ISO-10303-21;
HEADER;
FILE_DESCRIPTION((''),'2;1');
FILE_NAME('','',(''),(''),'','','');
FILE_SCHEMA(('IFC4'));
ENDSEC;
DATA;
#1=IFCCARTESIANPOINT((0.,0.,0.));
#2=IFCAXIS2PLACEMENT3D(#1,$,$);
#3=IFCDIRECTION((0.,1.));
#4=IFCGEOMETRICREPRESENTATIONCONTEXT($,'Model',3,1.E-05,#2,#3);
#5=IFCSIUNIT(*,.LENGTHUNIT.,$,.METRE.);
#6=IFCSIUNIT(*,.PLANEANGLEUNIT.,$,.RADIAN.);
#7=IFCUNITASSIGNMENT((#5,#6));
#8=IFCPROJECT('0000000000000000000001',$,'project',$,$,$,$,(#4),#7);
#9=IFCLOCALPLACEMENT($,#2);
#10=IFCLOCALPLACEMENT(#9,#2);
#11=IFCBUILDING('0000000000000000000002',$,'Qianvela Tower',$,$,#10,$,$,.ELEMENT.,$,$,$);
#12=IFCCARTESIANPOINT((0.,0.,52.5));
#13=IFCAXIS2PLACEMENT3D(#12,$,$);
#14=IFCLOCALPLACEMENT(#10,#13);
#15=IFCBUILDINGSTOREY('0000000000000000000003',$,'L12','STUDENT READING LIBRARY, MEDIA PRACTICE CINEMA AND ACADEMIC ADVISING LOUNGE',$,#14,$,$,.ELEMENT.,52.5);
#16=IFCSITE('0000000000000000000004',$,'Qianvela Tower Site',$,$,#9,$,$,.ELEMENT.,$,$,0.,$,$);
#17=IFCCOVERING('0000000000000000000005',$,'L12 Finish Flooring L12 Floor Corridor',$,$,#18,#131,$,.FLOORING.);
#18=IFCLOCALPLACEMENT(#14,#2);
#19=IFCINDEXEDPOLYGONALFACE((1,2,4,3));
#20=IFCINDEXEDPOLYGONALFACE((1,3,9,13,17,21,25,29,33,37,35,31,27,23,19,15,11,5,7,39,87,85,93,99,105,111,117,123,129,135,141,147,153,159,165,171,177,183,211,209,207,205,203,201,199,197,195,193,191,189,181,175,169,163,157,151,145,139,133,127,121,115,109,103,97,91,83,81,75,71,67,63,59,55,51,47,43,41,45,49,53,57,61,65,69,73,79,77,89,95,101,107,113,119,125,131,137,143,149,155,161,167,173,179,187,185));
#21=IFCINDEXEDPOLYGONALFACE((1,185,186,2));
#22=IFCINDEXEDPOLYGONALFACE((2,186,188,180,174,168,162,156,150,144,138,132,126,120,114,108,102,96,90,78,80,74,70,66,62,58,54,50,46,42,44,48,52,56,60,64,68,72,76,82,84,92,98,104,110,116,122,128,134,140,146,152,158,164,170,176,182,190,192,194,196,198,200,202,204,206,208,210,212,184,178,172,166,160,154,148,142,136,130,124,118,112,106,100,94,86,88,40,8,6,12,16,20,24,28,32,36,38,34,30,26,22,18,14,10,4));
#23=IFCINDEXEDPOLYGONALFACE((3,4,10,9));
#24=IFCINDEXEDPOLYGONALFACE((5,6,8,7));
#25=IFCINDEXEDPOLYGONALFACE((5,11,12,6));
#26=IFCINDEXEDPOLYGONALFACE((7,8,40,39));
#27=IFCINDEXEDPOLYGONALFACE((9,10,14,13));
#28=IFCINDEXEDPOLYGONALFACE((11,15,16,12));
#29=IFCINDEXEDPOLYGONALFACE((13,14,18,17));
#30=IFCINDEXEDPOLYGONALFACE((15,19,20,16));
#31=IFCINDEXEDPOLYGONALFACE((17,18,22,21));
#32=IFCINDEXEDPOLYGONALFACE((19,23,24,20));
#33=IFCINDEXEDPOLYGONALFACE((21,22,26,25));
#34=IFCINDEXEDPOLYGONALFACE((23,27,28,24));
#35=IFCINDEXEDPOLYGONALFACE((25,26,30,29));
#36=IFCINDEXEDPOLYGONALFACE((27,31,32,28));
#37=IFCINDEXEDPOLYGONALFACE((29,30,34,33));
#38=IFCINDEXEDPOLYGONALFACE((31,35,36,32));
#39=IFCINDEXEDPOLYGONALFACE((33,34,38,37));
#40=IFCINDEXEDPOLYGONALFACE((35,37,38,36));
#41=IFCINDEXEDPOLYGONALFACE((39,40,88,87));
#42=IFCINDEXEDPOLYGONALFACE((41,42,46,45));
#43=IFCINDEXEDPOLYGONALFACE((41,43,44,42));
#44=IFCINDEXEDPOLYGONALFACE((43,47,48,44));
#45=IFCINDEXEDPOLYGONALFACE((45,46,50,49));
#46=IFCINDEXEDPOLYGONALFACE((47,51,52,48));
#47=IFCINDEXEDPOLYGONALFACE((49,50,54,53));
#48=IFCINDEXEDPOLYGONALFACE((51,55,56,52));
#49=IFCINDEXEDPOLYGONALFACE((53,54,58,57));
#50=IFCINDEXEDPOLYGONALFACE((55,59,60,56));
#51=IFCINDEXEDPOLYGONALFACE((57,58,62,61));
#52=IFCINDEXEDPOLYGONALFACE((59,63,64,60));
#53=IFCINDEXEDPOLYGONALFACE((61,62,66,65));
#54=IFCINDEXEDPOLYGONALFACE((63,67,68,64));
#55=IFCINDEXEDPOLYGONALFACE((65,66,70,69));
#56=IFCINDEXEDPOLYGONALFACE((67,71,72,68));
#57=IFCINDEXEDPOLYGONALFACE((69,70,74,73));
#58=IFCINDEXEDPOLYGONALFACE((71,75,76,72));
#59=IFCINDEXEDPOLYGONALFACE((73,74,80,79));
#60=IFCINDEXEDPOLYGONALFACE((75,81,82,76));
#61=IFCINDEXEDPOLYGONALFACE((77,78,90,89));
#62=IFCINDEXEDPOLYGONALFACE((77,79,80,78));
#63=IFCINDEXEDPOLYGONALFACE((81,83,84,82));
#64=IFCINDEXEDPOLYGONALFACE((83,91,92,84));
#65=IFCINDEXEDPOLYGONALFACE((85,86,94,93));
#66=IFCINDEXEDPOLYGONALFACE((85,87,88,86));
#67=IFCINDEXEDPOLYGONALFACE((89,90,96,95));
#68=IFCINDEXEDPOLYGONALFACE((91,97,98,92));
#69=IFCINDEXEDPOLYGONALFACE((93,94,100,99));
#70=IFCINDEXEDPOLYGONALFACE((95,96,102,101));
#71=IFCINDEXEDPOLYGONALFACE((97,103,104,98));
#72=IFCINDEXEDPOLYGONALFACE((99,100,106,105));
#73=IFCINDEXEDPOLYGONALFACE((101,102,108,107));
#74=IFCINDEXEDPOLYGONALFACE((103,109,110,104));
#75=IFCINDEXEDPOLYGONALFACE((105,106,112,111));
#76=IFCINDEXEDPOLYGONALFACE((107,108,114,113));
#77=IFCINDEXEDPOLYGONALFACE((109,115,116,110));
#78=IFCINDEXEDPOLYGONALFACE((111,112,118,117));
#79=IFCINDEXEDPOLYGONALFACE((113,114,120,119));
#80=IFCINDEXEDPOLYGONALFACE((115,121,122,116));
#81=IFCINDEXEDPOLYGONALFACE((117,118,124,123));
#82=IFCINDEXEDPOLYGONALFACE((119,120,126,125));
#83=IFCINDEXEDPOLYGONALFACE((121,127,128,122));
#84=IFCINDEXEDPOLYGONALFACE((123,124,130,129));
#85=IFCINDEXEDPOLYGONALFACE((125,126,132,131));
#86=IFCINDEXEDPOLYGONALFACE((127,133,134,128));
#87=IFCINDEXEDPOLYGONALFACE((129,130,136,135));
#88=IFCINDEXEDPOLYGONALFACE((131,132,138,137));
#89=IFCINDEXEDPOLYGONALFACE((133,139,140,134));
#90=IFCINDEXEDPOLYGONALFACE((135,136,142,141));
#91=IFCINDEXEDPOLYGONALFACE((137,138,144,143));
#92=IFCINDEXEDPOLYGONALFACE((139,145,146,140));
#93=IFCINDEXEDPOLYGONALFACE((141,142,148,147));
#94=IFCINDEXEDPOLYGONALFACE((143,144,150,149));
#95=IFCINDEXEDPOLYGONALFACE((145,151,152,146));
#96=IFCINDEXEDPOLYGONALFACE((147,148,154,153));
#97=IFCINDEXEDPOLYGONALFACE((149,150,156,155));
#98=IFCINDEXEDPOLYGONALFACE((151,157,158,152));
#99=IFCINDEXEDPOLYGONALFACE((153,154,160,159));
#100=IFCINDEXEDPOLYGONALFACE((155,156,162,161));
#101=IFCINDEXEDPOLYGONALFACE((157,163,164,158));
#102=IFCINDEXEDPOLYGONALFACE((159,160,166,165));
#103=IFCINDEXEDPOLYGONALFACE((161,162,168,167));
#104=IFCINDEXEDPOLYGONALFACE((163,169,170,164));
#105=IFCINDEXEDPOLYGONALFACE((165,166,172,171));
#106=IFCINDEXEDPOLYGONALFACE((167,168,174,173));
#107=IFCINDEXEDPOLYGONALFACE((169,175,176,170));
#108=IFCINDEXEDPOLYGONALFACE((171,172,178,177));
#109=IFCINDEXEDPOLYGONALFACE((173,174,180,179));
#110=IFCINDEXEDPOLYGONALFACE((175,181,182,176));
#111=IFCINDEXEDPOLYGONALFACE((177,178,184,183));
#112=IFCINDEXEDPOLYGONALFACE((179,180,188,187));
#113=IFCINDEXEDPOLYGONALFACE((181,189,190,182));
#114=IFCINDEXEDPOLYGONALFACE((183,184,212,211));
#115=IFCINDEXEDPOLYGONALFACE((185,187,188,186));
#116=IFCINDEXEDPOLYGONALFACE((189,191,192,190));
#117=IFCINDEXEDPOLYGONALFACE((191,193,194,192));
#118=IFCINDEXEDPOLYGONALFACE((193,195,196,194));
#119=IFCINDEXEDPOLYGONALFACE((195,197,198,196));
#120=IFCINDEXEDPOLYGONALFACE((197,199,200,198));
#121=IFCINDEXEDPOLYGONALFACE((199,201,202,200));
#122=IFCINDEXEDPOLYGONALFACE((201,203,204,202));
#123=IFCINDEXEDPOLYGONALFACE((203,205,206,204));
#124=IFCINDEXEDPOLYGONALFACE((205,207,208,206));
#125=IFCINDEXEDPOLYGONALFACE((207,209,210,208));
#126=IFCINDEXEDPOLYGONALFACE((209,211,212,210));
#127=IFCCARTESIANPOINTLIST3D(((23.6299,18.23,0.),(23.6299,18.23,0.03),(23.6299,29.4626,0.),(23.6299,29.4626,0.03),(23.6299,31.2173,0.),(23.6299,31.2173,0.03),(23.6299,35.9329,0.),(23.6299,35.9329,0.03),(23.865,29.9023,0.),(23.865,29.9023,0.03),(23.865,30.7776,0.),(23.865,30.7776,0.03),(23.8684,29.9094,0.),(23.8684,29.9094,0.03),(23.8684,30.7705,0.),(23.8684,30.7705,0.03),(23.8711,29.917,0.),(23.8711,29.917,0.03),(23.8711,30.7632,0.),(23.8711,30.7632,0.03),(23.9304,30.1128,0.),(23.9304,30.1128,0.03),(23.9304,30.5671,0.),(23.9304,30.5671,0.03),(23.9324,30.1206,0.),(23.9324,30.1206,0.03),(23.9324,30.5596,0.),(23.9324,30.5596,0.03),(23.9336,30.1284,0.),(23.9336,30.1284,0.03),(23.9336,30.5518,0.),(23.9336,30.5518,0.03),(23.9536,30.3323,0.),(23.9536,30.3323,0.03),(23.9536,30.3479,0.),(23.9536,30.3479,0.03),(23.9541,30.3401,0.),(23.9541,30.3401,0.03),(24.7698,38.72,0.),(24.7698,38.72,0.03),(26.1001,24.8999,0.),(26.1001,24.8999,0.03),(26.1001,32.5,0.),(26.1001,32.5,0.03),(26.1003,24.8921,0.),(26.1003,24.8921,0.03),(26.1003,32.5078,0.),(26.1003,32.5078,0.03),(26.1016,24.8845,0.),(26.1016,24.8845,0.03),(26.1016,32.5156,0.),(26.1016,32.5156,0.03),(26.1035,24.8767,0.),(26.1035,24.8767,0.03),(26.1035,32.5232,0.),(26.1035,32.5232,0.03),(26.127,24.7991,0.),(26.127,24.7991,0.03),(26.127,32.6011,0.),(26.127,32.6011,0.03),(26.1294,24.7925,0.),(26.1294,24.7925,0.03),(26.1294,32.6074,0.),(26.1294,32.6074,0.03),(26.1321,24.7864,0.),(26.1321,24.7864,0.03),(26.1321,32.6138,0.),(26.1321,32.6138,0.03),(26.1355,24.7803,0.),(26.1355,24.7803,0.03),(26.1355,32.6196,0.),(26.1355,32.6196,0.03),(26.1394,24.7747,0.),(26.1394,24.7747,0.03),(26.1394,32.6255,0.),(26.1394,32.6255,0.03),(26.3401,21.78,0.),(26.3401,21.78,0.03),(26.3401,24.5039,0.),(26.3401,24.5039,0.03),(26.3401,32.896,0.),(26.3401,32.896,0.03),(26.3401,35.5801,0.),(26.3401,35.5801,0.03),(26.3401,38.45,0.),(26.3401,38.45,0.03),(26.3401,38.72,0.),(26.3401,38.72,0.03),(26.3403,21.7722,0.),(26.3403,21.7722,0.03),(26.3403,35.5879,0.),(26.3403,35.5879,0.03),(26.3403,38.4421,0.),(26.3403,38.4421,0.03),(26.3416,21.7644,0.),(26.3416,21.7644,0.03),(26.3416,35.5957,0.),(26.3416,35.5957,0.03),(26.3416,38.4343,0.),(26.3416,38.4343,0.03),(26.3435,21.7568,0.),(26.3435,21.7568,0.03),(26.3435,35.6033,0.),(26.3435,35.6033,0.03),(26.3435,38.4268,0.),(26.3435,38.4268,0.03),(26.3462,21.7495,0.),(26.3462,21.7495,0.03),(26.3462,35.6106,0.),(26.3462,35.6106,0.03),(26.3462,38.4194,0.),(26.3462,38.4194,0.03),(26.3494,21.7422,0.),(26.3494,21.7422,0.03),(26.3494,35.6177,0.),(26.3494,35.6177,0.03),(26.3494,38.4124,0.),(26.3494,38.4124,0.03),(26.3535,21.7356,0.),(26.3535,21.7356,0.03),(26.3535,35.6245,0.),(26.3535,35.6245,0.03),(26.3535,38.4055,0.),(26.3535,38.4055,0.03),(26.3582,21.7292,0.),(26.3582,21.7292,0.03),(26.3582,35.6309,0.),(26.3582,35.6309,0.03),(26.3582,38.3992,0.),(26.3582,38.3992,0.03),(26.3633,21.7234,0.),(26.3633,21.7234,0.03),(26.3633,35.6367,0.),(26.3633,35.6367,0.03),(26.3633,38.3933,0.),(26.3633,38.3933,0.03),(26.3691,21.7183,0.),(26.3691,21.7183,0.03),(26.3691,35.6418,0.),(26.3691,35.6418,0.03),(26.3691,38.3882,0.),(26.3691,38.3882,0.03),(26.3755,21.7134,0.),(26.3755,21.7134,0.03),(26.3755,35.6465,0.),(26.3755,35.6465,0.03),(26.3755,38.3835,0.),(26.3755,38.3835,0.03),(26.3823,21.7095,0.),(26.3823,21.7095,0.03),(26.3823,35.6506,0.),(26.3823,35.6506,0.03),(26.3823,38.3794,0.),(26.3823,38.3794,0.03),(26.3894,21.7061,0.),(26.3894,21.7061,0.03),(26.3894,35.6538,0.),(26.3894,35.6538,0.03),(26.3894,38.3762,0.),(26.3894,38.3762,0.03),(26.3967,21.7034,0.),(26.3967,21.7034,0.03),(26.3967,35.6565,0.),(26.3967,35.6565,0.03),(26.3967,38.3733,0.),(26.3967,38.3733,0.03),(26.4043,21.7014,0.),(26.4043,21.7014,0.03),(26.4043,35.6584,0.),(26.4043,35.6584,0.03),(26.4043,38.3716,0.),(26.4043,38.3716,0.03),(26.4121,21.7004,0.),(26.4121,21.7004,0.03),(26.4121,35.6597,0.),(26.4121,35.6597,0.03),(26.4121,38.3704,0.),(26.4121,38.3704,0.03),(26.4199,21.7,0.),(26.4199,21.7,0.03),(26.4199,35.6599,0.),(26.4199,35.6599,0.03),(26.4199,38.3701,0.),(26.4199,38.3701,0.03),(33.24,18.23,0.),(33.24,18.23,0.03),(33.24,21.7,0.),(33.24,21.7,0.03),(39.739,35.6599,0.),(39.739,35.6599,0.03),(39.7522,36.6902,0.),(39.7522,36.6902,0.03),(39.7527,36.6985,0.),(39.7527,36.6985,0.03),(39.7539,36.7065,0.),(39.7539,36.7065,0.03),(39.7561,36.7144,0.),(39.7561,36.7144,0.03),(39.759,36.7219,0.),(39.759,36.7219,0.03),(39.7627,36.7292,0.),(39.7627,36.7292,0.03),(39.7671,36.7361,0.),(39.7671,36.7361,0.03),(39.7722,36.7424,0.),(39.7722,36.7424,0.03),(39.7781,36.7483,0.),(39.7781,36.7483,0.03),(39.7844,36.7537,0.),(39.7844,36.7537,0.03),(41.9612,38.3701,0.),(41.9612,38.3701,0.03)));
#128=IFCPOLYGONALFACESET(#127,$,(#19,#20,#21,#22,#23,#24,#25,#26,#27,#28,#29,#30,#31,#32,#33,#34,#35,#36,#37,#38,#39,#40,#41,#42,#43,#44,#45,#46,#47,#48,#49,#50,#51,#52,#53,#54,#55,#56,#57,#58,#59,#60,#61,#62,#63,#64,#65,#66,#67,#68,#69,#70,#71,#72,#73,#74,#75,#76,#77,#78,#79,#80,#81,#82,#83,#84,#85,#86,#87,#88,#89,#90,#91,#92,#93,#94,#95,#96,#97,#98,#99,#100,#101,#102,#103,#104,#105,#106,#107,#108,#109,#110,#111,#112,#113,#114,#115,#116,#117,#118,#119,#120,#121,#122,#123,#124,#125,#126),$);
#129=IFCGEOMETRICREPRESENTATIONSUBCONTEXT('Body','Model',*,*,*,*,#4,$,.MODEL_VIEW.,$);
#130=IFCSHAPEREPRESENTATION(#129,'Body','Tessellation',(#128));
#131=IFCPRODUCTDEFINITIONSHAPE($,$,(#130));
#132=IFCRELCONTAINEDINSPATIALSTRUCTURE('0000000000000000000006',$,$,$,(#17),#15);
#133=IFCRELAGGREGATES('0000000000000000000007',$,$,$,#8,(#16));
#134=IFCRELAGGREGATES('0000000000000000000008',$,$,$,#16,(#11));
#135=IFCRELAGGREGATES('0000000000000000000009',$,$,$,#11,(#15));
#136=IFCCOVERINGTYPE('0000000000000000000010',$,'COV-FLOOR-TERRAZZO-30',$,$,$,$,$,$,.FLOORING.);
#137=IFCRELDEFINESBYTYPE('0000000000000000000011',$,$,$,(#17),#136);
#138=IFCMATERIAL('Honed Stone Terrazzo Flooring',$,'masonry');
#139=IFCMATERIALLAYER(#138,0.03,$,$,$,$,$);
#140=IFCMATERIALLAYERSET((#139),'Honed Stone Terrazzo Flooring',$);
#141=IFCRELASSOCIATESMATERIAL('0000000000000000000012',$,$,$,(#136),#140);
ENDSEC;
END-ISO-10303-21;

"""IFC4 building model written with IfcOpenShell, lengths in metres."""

from ifc_helpers import new_model, si_unit, direction, frame, origin, place, context, subcontext, project, spatial, polyline, outline, extrude, material, layer, layer_set, type_object, element, save


model = new_model("IFC4")

# Units and contexts
model_context = context("Model", 3, precision=1e-05, world=origin(), true_north=direction((0.0, 1.0)))
body_context = subcontext(model_context, "Body", "Model", "MODEL_VIEW")
ifc_project = project(units=[si_unit("LENGTHUNIT", "METRE"), si_unit("PLANEANGLEUNIT", "RADIAN")], contexts=[model_context])

# Site, building, storey
site_placement = place(None, origin())
site = spatial("IfcSite", under=ifc_project, at=site_placement, Name="Qianvela Tower Site", CompositionType="ELEMENT", RefElevation=0.0)
building_placement = place(site_placement, origin())
building = spatial("IfcBuilding", under=site, at=building_placement, Name="Qianvela Tower", CompositionType="ELEMENT")
storey_placement = place(building_placement, frame((0.0, 0.0, 52.5)))
storey = spatial("IfcBuildingStorey", under=building, at=storey_placement, Name="L12", Description="STUDENT READING LIBRARY, MEDIA PRACTICE CINEMA AND ACADEMIC ADVISING LOUNGE", CompositionType="ELEMENT", Elevation=52.5)

# Covering
ifc_material_1 = material(Name="Honed Stone Terrazzo Flooring", Category="masonry")
ifc_layer_1 = layer(ifc_material_1, 0.03)
ifc_layer_set_1 = layer_set([ifc_layer_1], Name="Honed Stone Terrazzo Flooring")
covering_type_1 = type_object("IfcCoveringType", Name="COV-FLOOR-TERRAZZO-30", PredefinedType="FLOORING", material=ifc_layer_set_1)
covering_1_placement = place(storey_placement, origin())
element("IfcCovering", 1, at=covering_1_placement, inside=storey, type_object=covering_type_1, Name="L12 Finish Flooring L12 Floor Corridor", PredefinedType="FLOORING", context=body_context, shape_type="SweptSolid", body=[
    extrude(outline(polyline([(23.8711, 30.7632), (23.8684, 30.7705), (23.865, 30.7776), (23.6299, 31.2173), (23.6299, 35.9329), (24.7698, 38.72), (26.3401, 38.72), (26.3401, 38.45), (26.3403, 38.4421), (26.3416, 38.4343), (26.3435, 38.4268), (26.3462, 38.4194), (26.3494, 38.4124), (26.3535, 38.4055), (26.3582, 38.3992), (26.3633, 38.3933), (26.3691, 38.3882), (26.3755, 38.3835), (26.3823, 38.3794), (26.3894, 38.3762), (26.3967, 38.3733), (26.4043, 38.3716), (26.4121, 38.3704), (26.4199, 38.3701), (41.9612, 38.3701), (39.7844, 36.7537), (39.7781, 36.7483), (39.7722, 36.7424), (39.7671, 36.7361), (39.7627, 36.7292), (39.759, 36.7219), (39.7561, 36.7144), (39.7539, 36.7065), (39.7527, 36.6985), (39.7522, 36.6902), (39.739, 35.6599), (26.4199, 35.6599), (26.4121, 35.6597), (26.4043, 35.6584), (26.3967, 35.6565), (26.3894, 35.6538), (26.3823, 35.6506), (26.3755, 35.6465), (26.3691, 35.6418), (26.3633, 35.6367), (26.3582, 35.6309), (26.3535, 35.6245), (26.3494, 35.6177), (26.3462, 35.6106), (26.3435, 35.6033), (26.3416, 35.5957), (26.3403, 35.5879), (26.3401, 35.5801), (26.3401, 32.896), (26.1394, 32.6255), (26.1355, 32.6196), (26.1321, 32.6138), (26.1294, 32.6074), (26.127, 32.6011), (26.1035, 32.5232), (26.1016, 32.5156), (26.1003, 32.5078), (26.1001, 32.5), (26.1001, 24.8999), (26.1003, 24.8921), (26.1016, 24.8845), (26.1035, 24.8767), (26.127, 24.7991), (26.1294, 24.7925), (26.1321, 24.7864), (26.1355, 24.7803), (26.1394, 24.7747), (26.3401, 24.5039), (26.3401, 21.78), (26.3403, 21.7722), (26.3416, 21.7644), (26.3435, 21.7568), (26.3462, 21.7495), (26.3494, 21.7422), (26.3535, 21.7356), (26.3582, 21.7292), (26.3633, 21.7234), (26.3691, 21.7183), (26.3755, 21.7134), (26.3823, 21.7095), (26.3894, 21.7061), (26.3967, 21.7034), (26.4043, 21.7014), (26.4121, 21.7004), (26.4199, 21.7), (33.24, 21.7), (33.24, 18.23), (23.6299, 18.23), (23.6299, 29.4626), (23.865, 29.9023), (23.8684, 29.9094), (23.8711, 29.917), (23.9304, 30.1128), (23.9324, 30.1206), (23.9336, 30.1284), (23.9536, 30.3323), (23.9541, 30.3401), (23.9536, 30.3479), (23.9336, 30.5518), (23.9324, 30.5596), (23.9304, 30.5671), (23.8711, 30.7632)])), origin(), (0.0, 0.0, 1.0), 0.03),
])

save(model, "model.ifc")
